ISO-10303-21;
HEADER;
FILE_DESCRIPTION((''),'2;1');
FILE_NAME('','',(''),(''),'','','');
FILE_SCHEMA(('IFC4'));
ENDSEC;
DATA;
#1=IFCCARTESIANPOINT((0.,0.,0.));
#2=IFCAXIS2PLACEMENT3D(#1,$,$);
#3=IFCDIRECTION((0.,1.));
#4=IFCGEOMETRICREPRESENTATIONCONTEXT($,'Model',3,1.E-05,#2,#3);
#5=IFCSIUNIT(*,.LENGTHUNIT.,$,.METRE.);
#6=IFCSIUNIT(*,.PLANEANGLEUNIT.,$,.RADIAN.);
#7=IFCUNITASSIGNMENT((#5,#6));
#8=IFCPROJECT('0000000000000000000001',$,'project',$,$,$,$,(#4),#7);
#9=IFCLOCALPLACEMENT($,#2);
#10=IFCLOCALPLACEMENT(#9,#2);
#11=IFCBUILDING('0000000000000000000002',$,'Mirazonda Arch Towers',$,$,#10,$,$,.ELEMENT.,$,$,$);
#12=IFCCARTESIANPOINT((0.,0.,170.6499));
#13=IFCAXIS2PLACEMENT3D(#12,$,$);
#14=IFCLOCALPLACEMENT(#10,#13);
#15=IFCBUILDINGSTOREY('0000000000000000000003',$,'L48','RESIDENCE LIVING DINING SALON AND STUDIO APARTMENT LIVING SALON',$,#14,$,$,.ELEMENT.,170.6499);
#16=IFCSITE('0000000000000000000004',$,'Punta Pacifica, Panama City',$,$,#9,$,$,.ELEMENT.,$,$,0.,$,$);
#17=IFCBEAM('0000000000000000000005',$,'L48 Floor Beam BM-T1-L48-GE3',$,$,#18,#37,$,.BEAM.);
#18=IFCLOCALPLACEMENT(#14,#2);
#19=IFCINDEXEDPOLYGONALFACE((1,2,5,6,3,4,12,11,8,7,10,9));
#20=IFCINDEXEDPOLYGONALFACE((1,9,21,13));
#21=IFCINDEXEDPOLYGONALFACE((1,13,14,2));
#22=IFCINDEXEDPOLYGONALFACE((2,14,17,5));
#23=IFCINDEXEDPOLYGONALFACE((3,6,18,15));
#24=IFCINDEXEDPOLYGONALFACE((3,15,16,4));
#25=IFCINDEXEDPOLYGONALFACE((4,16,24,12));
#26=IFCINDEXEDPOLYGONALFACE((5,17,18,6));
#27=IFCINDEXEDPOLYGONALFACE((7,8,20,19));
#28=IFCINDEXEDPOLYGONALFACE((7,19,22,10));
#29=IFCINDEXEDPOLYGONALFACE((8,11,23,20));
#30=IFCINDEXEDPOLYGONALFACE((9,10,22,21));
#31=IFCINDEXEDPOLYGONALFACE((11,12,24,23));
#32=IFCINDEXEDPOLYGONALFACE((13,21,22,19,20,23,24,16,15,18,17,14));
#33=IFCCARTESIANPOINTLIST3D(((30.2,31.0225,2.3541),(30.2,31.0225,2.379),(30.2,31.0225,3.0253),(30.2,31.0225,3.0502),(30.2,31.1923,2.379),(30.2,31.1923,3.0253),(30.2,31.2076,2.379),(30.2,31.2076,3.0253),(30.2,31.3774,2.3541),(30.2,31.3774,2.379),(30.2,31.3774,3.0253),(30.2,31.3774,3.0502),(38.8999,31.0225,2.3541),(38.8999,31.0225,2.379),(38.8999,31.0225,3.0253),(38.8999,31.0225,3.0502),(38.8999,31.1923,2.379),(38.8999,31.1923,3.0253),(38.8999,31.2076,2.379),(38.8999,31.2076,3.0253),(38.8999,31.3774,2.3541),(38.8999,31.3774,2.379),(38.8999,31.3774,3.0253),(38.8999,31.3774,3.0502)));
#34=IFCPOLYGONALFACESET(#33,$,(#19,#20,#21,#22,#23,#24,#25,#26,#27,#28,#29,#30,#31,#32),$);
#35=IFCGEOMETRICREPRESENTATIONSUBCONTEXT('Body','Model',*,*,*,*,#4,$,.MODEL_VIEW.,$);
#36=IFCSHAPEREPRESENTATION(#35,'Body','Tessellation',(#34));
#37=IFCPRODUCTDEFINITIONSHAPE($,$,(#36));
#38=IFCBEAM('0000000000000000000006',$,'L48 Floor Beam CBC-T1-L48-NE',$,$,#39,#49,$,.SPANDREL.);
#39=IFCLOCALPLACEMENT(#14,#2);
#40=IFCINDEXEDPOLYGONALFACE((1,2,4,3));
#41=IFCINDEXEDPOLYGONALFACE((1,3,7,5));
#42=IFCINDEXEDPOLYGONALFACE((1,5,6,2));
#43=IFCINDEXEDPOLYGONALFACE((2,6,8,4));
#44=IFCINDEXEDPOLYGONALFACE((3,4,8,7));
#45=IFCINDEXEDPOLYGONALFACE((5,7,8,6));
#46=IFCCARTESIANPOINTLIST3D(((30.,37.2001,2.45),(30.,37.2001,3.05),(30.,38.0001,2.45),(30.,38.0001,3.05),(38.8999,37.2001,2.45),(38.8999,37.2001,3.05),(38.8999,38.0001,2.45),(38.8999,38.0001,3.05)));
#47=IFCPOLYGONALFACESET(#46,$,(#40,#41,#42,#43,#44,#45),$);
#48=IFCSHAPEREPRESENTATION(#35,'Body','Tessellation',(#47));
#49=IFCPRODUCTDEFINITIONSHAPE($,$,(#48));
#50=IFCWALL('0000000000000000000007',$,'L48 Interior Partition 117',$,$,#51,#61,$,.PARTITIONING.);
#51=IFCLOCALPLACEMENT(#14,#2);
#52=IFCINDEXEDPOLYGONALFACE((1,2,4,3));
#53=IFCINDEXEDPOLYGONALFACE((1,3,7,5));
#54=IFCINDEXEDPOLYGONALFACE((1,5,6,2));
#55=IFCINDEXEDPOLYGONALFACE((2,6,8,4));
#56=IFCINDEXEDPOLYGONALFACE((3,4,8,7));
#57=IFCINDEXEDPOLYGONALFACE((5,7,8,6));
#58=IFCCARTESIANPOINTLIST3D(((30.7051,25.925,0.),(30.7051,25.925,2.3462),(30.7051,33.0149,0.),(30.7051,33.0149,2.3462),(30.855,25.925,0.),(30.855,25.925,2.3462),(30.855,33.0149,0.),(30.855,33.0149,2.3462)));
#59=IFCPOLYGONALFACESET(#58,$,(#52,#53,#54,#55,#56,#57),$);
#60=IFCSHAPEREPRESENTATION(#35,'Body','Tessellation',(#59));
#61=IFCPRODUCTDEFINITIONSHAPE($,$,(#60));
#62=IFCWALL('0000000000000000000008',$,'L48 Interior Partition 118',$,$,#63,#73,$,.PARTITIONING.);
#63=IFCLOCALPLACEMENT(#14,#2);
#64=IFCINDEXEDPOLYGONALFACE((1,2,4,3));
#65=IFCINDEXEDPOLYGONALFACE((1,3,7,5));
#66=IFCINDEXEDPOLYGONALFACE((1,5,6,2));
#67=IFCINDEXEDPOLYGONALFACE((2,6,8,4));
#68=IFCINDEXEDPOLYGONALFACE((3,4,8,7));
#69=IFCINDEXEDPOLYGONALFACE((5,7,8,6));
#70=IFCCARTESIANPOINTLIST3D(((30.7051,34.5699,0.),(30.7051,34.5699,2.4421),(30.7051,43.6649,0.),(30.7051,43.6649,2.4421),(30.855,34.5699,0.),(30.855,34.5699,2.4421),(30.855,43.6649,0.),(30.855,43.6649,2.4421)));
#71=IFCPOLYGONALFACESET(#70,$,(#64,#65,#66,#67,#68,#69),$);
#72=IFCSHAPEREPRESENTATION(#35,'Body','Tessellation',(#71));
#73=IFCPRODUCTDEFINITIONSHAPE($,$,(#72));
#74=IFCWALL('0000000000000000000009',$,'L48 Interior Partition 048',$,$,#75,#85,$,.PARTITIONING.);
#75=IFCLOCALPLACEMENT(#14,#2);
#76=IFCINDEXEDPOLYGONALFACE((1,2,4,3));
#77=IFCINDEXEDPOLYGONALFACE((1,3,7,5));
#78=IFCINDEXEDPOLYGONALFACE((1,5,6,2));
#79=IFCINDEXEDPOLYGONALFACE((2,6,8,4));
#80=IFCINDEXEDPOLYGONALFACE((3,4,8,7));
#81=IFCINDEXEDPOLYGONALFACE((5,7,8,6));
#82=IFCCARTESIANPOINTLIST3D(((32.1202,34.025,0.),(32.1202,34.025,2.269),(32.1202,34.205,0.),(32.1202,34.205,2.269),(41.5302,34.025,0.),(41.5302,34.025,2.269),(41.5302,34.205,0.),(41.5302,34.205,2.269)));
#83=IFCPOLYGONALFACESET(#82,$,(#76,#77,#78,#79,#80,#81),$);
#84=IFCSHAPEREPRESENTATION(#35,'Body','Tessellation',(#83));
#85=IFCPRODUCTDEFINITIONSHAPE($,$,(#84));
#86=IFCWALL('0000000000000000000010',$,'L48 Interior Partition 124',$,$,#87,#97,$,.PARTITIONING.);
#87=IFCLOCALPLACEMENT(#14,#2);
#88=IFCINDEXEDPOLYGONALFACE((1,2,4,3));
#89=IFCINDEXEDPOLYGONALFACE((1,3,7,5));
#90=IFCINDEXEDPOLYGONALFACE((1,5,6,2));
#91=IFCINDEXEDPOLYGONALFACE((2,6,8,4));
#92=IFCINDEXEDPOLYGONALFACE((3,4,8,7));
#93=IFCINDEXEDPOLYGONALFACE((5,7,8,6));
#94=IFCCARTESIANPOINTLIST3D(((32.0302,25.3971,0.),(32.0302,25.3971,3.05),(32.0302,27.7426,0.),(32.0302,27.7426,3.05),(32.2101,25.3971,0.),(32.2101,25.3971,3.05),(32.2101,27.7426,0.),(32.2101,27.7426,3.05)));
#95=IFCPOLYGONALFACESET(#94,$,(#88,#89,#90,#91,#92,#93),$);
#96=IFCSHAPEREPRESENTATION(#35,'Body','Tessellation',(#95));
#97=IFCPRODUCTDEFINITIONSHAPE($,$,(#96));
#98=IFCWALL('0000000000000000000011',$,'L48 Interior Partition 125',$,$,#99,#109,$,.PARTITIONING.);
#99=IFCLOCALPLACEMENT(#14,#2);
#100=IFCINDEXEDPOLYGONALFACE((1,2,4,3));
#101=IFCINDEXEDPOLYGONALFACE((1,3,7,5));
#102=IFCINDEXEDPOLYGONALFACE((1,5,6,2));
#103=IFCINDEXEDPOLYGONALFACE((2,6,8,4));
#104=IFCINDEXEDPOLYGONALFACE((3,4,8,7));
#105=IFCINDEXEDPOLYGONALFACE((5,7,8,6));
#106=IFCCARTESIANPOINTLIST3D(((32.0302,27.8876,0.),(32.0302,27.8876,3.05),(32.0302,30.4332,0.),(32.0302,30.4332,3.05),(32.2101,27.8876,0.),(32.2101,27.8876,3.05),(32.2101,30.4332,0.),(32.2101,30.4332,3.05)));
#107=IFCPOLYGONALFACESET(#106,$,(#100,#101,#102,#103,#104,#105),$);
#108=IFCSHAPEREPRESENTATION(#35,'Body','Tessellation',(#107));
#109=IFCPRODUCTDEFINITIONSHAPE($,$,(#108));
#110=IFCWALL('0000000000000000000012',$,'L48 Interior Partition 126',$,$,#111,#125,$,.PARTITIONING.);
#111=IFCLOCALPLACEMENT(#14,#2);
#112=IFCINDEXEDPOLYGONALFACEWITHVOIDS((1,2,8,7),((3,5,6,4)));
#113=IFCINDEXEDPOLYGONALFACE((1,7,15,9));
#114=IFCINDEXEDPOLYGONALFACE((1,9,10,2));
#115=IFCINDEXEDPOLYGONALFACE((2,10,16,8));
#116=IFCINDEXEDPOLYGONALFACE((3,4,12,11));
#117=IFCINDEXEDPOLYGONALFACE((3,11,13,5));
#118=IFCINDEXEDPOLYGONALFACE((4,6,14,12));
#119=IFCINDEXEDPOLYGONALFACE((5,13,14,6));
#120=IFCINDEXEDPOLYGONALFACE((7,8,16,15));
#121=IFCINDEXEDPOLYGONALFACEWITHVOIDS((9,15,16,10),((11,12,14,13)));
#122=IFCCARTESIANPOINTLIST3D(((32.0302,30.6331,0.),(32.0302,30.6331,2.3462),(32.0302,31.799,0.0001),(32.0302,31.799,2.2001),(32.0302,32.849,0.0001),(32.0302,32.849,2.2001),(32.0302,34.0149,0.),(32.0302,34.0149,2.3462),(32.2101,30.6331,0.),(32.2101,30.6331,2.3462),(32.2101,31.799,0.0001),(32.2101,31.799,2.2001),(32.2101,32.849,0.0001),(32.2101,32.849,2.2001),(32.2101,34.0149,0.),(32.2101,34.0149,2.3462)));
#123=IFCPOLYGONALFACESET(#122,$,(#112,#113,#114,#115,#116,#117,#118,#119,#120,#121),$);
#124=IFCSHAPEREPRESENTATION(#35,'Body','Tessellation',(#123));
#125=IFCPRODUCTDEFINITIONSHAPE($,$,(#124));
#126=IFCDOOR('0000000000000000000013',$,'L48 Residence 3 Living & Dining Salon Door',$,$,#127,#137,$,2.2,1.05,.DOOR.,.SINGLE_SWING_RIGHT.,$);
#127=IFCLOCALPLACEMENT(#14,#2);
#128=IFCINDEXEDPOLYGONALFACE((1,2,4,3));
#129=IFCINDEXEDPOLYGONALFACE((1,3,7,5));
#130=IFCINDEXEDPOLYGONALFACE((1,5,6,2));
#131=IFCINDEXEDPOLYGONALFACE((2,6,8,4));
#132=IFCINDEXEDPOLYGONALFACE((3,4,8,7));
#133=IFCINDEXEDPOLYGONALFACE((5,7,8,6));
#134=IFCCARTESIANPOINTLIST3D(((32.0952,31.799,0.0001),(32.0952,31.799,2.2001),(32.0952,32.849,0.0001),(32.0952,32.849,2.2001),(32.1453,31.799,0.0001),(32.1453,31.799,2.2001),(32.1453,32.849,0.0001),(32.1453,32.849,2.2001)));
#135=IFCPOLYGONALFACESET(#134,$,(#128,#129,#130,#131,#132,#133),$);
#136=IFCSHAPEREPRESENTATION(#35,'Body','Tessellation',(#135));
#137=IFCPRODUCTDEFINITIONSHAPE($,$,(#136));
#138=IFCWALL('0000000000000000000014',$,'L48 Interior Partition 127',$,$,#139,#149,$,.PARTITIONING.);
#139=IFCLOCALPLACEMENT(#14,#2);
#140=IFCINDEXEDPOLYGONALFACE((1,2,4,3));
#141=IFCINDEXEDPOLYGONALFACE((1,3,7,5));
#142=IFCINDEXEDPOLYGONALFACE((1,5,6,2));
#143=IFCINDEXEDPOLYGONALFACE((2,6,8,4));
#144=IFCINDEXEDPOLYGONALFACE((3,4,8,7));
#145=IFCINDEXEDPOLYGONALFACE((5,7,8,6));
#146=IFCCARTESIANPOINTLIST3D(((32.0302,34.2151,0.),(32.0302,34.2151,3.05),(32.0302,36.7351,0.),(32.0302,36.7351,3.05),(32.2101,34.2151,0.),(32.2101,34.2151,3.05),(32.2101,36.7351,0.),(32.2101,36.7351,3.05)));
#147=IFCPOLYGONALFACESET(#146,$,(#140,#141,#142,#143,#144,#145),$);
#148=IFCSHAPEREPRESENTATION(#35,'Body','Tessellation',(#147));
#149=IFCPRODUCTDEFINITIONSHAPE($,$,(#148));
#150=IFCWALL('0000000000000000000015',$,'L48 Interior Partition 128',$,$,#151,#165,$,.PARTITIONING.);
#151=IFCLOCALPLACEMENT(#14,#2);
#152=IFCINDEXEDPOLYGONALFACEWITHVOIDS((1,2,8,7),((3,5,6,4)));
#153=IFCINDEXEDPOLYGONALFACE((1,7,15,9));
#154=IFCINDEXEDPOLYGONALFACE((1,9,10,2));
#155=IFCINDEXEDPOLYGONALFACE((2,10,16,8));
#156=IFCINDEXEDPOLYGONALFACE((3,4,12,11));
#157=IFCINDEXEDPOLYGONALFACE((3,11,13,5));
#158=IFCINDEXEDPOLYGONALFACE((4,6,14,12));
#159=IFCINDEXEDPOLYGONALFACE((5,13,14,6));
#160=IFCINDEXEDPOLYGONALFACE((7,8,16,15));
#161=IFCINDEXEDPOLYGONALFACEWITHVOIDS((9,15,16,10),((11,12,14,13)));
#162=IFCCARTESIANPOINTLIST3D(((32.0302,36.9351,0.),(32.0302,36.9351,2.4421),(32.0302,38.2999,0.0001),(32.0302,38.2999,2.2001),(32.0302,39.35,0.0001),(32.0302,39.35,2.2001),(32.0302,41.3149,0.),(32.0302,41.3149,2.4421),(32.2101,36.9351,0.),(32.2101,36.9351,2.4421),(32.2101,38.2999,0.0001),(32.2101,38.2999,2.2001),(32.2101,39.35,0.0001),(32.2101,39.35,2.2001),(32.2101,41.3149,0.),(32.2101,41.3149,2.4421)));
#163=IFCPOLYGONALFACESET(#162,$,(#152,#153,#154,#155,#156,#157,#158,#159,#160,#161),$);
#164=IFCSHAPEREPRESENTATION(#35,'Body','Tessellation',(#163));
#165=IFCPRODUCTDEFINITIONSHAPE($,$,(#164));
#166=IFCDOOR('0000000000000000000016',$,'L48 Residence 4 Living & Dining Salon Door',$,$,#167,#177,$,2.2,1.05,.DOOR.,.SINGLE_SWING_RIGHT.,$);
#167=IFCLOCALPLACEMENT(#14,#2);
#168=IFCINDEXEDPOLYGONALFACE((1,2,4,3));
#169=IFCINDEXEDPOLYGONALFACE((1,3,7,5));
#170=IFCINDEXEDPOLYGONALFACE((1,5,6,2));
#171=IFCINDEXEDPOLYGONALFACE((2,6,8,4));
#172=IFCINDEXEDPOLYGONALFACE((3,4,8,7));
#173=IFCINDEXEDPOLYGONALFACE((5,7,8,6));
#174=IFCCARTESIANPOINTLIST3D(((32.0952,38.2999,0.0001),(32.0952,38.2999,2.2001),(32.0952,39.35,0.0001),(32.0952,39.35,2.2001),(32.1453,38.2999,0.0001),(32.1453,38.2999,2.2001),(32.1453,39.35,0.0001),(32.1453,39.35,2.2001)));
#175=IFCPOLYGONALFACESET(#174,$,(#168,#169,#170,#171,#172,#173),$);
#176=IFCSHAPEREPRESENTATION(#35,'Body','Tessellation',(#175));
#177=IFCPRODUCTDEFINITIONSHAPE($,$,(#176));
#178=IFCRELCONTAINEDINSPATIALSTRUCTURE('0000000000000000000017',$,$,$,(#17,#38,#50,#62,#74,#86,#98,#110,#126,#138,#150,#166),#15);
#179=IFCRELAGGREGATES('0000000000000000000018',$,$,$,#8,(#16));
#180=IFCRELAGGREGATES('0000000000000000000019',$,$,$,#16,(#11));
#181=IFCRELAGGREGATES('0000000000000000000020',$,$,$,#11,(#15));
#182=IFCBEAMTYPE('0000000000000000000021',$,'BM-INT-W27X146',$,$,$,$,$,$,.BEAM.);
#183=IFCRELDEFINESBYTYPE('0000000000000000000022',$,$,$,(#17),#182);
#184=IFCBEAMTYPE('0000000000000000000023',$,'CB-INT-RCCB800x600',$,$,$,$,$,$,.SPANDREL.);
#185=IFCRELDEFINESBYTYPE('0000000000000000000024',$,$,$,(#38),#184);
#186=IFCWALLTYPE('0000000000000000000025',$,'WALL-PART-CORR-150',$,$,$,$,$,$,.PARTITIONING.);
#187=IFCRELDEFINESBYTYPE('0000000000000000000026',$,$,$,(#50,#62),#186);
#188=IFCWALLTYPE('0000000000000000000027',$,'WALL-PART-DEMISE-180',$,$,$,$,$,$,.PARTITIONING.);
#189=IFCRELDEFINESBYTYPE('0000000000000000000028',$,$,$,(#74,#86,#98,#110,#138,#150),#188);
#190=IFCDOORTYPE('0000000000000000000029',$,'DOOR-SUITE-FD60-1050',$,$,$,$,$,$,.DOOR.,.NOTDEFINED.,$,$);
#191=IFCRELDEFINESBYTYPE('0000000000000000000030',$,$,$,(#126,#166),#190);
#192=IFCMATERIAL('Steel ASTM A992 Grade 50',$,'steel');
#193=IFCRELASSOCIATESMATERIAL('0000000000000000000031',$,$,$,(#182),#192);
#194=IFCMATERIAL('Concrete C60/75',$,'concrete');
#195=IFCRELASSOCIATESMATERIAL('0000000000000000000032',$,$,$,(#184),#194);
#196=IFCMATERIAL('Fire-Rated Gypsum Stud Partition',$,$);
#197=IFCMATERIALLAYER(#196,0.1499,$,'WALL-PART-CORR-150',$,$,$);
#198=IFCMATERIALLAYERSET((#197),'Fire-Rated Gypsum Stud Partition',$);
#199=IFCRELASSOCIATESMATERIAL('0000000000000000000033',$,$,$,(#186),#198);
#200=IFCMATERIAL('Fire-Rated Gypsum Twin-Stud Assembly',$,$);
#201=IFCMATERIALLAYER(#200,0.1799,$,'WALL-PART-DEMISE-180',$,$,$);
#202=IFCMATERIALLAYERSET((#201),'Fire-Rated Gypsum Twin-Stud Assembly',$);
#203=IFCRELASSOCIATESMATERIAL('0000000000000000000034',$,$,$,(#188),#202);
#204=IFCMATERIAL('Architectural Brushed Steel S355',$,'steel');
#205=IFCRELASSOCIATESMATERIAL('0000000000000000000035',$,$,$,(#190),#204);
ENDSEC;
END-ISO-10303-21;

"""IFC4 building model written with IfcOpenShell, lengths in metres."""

from ifc_helpers import new_model, si_unit, direction, frame, frame_2d, origin, origin_2d, place, context, subcontext, project, spatial, rectangle, i_section, extrude, material, layer, layer_set, material_profile, profile_set, type_object, element, fill, save


model = new_model("IFC4")

# Units and contexts
model_context = context("Model", 3, precision=1e-05, world=origin(), true_north=direction((0.0, 1.0)))
body_context = subcontext(model_context, "Body", "Model", "MODEL_VIEW")
ifc_project = project(units=[si_unit("LENGTHUNIT", "METRE"), si_unit("PLANEANGLEUNIT", "RADIAN")], contexts=[model_context])

# Site, building, storey
site_placement = place(None, origin())
site = spatial("IfcSite", under=ifc_project, at=site_placement, Name="Punta Pacifica, Panama City", CompositionType="ELEMENT", RefElevation=0.0)
building_placement = place(site_placement, origin())
building = spatial("IfcBuilding", under=site, at=building_placement, Name="Mirazonda Arch Towers", CompositionType="ELEMENT")
storey_placement = place(building_placement, frame((0.0, 0.0, 170.6499)))
storey = spatial("IfcBuildingStorey", under=building, at=storey_placement, Name="L48", Description="RESIDENCE LIVING DINING SALON AND STUDIO APARTMENT LIVING SALON", CompositionType="ELEMENT", Elevation=170.6499)

# Beams
ifc_material_1 = material(Name="Steel ASTM A992 Grade 50", Category="steel")
ifc_material_profile_1 = material_profile(ifc_material_1, i_section(OverallWidth=0.355, OverallDepth=0.696, WebThickness=0.0154, FlangeThickness=0.0249, at=origin_2d()), Name="W27X146")
ifc_profile_set_1 = profile_set([ifc_material_profile_1], Name="Steel ASTM A992 Grade 50")
beam_type_1 = type_object("IfcBeamType", Name="BM-INT-W27X146", PredefinedType="BEAM", material=ifc_profile_set_1)
beam_1_placement = place(storey_placement, frame((30.2, 31.2, 2.7021), z_axis=(1.0, 0.0, 0.0), x_axis=(0.0, 1.0, 0.0)))
element("IfcBeam", 1, at=beam_1_placement, inside=storey, type_object=beam_type_1, Name="L48 Floor Beam BM-T1-L48-GE3", PredefinedType="BEAM", context=body_context, shape_type="SweptSolid", body=[
    extrude(i_section(OverallWidth=0.355, OverallDepth=0.696, WebThickness=0.0154, FlangeThickness=0.0249, at=origin_2d()), origin(), (0.0, 0.0, 1.0), 8.7),
])
ifc_material_2 = material(Name="Concrete C60/75", Category="concrete")
ifc_material_profile_2 = material_profile(ifc_material_2, rectangle(XDim=0.8, YDim=0.6001, at=origin_2d()), Name="RCCB800x600")
ifc_profile_set_2 = profile_set([ifc_material_profile_2], Name="Concrete C60/75")
beam_type_2 = type_object("IfcBeamType", Name="CB-INT-RCCB800x600", PredefinedType="SPANDREL", material=ifc_profile_set_2)
beam_2_placement = place(storey_placement, frame((30.0, 37.6001, 2.75), z_axis=(1.0, 0.0, 0.0), x_axis=(0.0, 1.0, 0.0)))
element("IfcBeam", 2, at=beam_2_placement, inside=storey, type_object=beam_type_2, Name="L48 Floor Beam CBC-T1-L48-NE", PredefinedType="SPANDREL", context=body_context, shape_type="SweptSolid", body=[
    extrude(rectangle(XDim=0.8, YDim=0.6001, at=origin_2d()), origin(), (0.0, 0.0, 1.0), 8.8999),
])

# Walls
ifc_material_3 = material(Name="Fire-Rated Gypsum Stud Partition")
ifc_layer_1 = layer(ifc_material_3, 0.1499, Name="WALL-PART-CORR-150")
ifc_layer_set_1 = layer_set([ifc_layer_1], Name="Fire-Rated Gypsum Stud Partition")
wall_type_1 = type_object("IfcWallType", Name="WALL-PART-CORR-150", PredefinedType="PARTITIONING", material=ifc_layer_set_1)
wall_1_placement = place(storey_placement, frame((30.78, 25.925, 0.0), z_axis=(0.0, 0.0, 1.0), x_axis=(0.0, 1.0, 0.0)))
element("IfcWall", 3, at=wall_1_placement, inside=storey, type_object=wall_type_1, Name="L48 Interior Partition 117", PredefinedType="PARTITIONING", context=body_context, shape_type="SweptSolid", body=[
    extrude(rectangle(XDim=7.0898, YDim=0.1499, at=frame_2d((3.5449, 0.0))), origin(), (0.0, 0.0, 1.0), 2.3462),
])
wall_2_placement = place(storey_placement, frame((30.78, 34.5701, 0.0), z_axis=(0.0, 0.0, 1.0), x_axis=(0.0, 1.0, 0.0)))
element("IfcWall", 4, at=wall_2_placement, inside=storey, type_object=wall_type_1, Name="L48 Interior Partition 118", PredefinedType="PARTITIONING", context=body_context, shape_type="SweptSolid", body=[
    extrude(rectangle(XDim=9.095, YDim=0.1499, at=frame_2d((4.5474, 0.0))), origin(), (0.0, 0.0, 1.0), 2.4421),
])

# Shared definitions
ifc_material_4 = material(Name="Fire-Rated Gypsum Twin-Stud Assembly")
ifc_layer_2 = layer(ifc_material_4, 0.1799, Name="WALL-PART-DEMISE-180")
ifc_layer_set_2 = layer_set([ifc_layer_2], Name="Fire-Rated Gypsum Twin-Stud Assembly")
wall_type_2 = type_object("IfcWallType", Name="WALL-PART-DEMISE-180", PredefinedType="PARTITIONING", material=ifc_layer_set_2)
ifc_material_5 = material(Name="Architectural Brushed Steel S355", Category="steel")

# Wall
wall_3_placement = place(storey_placement, frame((32.1201, 34.115, 0.0), z_axis=(0.0, 0.0, 1.0), x_axis=(1.0, 0.0, 0.0)))
element("IfcWall", 5, at=wall_3_placement, inside=storey, type_object=wall_type_2, Name="L48 Interior Partition 048", PredefinedType="PARTITIONING", context=body_context, shape_type="SweptSolid", body=[
    extrude(rectangle(XDim=9.4099, YDim=0.1799, at=frame_2d((4.7051, 0.0))), origin(), (0.0, 0.0, 1.0), 2.269),
])

# Walls
wall_4_placement = place(storey_placement, frame((32.1201, 25.397, 0.0), z_axis=(0.0, 0.0, 1.0), x_axis=(0.0, 1.0, 0.0)))
element("IfcWall", 6, at=wall_4_placement, inside=storey, type_object=wall_type_2, Name="L48 Interior Partition 124", PredefinedType="PARTITIONING", context=body_context, shape_type="SweptSolid", body=[
    extrude(rectangle(XDim=2.3455, YDim=0.1799, at=frame_2d((1.1729, 0.0))), origin(), (0.0, 0.0, 1.0), 3.05),
])
wall_5_placement = place(storey_placement, frame((32.1201, 27.8875, 0.0), z_axis=(0.0, 0.0, 1.0), x_axis=(0.0, 1.0, 0.0)))
element("IfcWall", 7, at=wall_5_placement, inside=storey, type_object=wall_type_2, Name="L48 Interior Partition 125", PredefinedType="PARTITIONING", context=body_context, shape_type="SweptSolid", body=[
    extrude(rectangle(XDim=2.5457, YDim=0.1799, at=frame_2d((1.2729, 0.0))), origin(), (0.0, 0.0, 1.0), 3.05),
])

# Wall, opening, door
wall_6_placement = place(storey_placement, frame((32.1201, 30.6331, 0.0), z_axis=(0.0, 0.0, 1.0), x_axis=(0.0, 1.0, 0.0)))
wall_6 = element("IfcWall", 8, at=wall_6_placement, inside=storey, type_object=wall_type_2, Name="L48 Interior Partition 126", PredefinedType="PARTITIONING", context=body_context, shape_type="SweptSolid", body=[
    extrude(rectangle(XDim=3.3818, YDim=0.1799, at=frame_2d((1.6909, 0.0))), origin(), (0.0, 0.0, 1.0), 2.3462),
])
opening_1_placement = place(wall_6_placement, frame((1.166, 0.0, 0.0)))
opening_1 = element("IfcOpeningElement", 9, at=opening_1_placement, cuts=wall_6, PredefinedType="OPENING", context=body_context, shape_type="SweptSolid", body=[
    extrude(rectangle(XDim=1.05, YDim=2.2, at=frame_2d((0.5249, 1.1001))), frame((0.0, 0.0999, 0.0), z_axis=(0.0, -1.0, 0.0), x_axis=(1.0, 0.0, 0.0)), (0.0, 0.0, 1.0), 0.2),
])
door_type_1 = type_object("IfcDoorType", Name="DOOR-SUITE-FD60-1050", OperationType="NOTDEFINED", PredefinedType="DOOR", material=ifc_material_5)
door_1_placement = place(opening_1_placement, origin())
door_1 = element("IfcDoor", 10, at=door_1_placement, inside=storey, type_object=door_type_1, Name="L48 Residence 3 Living & Dining Salon Door", OperationType="SINGLE_SWING_RIGHT", OverallHeight=2.2, OverallWidth=1.05, PredefinedType="DOOR", context=body_context, shape_type="SweptSolid", body=[
    extrude(rectangle(XDim=1.05, YDim=2.2, at=frame_2d((0.5249, 1.1001))), frame((0.0, 0.0249, 0.0), z_axis=(0.0, -1.0, 0.0), x_axis=(1.0, 0.0, 0.0)), (0.0, 0.0, 1.0), 0.05),
])
fill(opening_1, door_1)

# Wall
wall_7_placement = place(storey_placement, frame((32.1201, 34.2151, 0.0), z_axis=(0.0, 0.0, 1.0), x_axis=(0.0, 1.0, 0.0)))
element("IfcWall", 11, at=wall_7_placement, inside=storey, type_object=wall_type_2, Name="L48 Interior Partition 127", PredefinedType="PARTITIONING", context=body_context, shape_type="SweptSolid", body=[
    extrude(rectangle(XDim=2.52, YDim=0.1799, at=frame_2d((1.26, 0.0))), origin(), (0.0, 0.0, 1.0), 3.05),
])

# Wall, opening, door
wall_8_placement = place(storey_placement, frame((32.1201, 36.9351, 0.0), z_axis=(0.0, 0.0, 1.0), x_axis=(0.0, 1.0, 0.0)))
wall_8 = element("IfcWall", 12, at=wall_8_placement, inside=storey, type_object=wall_type_2, Name="L48 Interior Partition 128", PredefinedType="PARTITIONING", context=body_context, shape_type="SweptSolid", body=[
    extrude(rectangle(XDim=4.3799, YDim=0.1799, at=frame_2d((2.1899, 0.0))), origin(), (0.0, 0.0, 1.0), 2.4421),
])
opening_2_placement = place(wall_8_placement, frame((1.365, 0.0, 0.0)))
opening_2 = element("IfcOpeningElement", 13, at=opening_2_placement, cuts=wall_8, PredefinedType="OPENING", context=body_context, shape_type="SweptSolid", body=[
    extrude(rectangle(XDim=1.05, YDim=2.2, at=frame_2d((0.5249, 1.1001))), frame((0.0, 0.0999, 0.0), z_axis=(0.0, -1.0, 0.0), x_axis=(1.0, 0.0, 0.0)), (0.0, 0.0, 1.0), 0.2),
])
door_2_placement = place(opening_2_placement, origin())
door_2 = element("IfcDoor", 14, at=door_2_placement, inside=storey, type_object=door_type_1, Name="L48 Residence 4 Living & Dining Salon Door", OperationType="SINGLE_SWING_RIGHT", OverallHeight=2.2, OverallWidth=1.05, PredefinedType="DOOR", context=body_context, shape_type="SweptSolid", body=[
    extrude(rectangle(XDim=1.05, YDim=2.2, at=frame_2d((0.5249, 1.1001))), frame((0.0, 0.0249, 0.0), z_axis=(0.0, -1.0, 0.0), x_axis=(1.0, 0.0, 0.0)), (0.0, 0.0, 1.0), 0.05),
])
fill(opening_2, door_2)

save(model, "model.ifc")
